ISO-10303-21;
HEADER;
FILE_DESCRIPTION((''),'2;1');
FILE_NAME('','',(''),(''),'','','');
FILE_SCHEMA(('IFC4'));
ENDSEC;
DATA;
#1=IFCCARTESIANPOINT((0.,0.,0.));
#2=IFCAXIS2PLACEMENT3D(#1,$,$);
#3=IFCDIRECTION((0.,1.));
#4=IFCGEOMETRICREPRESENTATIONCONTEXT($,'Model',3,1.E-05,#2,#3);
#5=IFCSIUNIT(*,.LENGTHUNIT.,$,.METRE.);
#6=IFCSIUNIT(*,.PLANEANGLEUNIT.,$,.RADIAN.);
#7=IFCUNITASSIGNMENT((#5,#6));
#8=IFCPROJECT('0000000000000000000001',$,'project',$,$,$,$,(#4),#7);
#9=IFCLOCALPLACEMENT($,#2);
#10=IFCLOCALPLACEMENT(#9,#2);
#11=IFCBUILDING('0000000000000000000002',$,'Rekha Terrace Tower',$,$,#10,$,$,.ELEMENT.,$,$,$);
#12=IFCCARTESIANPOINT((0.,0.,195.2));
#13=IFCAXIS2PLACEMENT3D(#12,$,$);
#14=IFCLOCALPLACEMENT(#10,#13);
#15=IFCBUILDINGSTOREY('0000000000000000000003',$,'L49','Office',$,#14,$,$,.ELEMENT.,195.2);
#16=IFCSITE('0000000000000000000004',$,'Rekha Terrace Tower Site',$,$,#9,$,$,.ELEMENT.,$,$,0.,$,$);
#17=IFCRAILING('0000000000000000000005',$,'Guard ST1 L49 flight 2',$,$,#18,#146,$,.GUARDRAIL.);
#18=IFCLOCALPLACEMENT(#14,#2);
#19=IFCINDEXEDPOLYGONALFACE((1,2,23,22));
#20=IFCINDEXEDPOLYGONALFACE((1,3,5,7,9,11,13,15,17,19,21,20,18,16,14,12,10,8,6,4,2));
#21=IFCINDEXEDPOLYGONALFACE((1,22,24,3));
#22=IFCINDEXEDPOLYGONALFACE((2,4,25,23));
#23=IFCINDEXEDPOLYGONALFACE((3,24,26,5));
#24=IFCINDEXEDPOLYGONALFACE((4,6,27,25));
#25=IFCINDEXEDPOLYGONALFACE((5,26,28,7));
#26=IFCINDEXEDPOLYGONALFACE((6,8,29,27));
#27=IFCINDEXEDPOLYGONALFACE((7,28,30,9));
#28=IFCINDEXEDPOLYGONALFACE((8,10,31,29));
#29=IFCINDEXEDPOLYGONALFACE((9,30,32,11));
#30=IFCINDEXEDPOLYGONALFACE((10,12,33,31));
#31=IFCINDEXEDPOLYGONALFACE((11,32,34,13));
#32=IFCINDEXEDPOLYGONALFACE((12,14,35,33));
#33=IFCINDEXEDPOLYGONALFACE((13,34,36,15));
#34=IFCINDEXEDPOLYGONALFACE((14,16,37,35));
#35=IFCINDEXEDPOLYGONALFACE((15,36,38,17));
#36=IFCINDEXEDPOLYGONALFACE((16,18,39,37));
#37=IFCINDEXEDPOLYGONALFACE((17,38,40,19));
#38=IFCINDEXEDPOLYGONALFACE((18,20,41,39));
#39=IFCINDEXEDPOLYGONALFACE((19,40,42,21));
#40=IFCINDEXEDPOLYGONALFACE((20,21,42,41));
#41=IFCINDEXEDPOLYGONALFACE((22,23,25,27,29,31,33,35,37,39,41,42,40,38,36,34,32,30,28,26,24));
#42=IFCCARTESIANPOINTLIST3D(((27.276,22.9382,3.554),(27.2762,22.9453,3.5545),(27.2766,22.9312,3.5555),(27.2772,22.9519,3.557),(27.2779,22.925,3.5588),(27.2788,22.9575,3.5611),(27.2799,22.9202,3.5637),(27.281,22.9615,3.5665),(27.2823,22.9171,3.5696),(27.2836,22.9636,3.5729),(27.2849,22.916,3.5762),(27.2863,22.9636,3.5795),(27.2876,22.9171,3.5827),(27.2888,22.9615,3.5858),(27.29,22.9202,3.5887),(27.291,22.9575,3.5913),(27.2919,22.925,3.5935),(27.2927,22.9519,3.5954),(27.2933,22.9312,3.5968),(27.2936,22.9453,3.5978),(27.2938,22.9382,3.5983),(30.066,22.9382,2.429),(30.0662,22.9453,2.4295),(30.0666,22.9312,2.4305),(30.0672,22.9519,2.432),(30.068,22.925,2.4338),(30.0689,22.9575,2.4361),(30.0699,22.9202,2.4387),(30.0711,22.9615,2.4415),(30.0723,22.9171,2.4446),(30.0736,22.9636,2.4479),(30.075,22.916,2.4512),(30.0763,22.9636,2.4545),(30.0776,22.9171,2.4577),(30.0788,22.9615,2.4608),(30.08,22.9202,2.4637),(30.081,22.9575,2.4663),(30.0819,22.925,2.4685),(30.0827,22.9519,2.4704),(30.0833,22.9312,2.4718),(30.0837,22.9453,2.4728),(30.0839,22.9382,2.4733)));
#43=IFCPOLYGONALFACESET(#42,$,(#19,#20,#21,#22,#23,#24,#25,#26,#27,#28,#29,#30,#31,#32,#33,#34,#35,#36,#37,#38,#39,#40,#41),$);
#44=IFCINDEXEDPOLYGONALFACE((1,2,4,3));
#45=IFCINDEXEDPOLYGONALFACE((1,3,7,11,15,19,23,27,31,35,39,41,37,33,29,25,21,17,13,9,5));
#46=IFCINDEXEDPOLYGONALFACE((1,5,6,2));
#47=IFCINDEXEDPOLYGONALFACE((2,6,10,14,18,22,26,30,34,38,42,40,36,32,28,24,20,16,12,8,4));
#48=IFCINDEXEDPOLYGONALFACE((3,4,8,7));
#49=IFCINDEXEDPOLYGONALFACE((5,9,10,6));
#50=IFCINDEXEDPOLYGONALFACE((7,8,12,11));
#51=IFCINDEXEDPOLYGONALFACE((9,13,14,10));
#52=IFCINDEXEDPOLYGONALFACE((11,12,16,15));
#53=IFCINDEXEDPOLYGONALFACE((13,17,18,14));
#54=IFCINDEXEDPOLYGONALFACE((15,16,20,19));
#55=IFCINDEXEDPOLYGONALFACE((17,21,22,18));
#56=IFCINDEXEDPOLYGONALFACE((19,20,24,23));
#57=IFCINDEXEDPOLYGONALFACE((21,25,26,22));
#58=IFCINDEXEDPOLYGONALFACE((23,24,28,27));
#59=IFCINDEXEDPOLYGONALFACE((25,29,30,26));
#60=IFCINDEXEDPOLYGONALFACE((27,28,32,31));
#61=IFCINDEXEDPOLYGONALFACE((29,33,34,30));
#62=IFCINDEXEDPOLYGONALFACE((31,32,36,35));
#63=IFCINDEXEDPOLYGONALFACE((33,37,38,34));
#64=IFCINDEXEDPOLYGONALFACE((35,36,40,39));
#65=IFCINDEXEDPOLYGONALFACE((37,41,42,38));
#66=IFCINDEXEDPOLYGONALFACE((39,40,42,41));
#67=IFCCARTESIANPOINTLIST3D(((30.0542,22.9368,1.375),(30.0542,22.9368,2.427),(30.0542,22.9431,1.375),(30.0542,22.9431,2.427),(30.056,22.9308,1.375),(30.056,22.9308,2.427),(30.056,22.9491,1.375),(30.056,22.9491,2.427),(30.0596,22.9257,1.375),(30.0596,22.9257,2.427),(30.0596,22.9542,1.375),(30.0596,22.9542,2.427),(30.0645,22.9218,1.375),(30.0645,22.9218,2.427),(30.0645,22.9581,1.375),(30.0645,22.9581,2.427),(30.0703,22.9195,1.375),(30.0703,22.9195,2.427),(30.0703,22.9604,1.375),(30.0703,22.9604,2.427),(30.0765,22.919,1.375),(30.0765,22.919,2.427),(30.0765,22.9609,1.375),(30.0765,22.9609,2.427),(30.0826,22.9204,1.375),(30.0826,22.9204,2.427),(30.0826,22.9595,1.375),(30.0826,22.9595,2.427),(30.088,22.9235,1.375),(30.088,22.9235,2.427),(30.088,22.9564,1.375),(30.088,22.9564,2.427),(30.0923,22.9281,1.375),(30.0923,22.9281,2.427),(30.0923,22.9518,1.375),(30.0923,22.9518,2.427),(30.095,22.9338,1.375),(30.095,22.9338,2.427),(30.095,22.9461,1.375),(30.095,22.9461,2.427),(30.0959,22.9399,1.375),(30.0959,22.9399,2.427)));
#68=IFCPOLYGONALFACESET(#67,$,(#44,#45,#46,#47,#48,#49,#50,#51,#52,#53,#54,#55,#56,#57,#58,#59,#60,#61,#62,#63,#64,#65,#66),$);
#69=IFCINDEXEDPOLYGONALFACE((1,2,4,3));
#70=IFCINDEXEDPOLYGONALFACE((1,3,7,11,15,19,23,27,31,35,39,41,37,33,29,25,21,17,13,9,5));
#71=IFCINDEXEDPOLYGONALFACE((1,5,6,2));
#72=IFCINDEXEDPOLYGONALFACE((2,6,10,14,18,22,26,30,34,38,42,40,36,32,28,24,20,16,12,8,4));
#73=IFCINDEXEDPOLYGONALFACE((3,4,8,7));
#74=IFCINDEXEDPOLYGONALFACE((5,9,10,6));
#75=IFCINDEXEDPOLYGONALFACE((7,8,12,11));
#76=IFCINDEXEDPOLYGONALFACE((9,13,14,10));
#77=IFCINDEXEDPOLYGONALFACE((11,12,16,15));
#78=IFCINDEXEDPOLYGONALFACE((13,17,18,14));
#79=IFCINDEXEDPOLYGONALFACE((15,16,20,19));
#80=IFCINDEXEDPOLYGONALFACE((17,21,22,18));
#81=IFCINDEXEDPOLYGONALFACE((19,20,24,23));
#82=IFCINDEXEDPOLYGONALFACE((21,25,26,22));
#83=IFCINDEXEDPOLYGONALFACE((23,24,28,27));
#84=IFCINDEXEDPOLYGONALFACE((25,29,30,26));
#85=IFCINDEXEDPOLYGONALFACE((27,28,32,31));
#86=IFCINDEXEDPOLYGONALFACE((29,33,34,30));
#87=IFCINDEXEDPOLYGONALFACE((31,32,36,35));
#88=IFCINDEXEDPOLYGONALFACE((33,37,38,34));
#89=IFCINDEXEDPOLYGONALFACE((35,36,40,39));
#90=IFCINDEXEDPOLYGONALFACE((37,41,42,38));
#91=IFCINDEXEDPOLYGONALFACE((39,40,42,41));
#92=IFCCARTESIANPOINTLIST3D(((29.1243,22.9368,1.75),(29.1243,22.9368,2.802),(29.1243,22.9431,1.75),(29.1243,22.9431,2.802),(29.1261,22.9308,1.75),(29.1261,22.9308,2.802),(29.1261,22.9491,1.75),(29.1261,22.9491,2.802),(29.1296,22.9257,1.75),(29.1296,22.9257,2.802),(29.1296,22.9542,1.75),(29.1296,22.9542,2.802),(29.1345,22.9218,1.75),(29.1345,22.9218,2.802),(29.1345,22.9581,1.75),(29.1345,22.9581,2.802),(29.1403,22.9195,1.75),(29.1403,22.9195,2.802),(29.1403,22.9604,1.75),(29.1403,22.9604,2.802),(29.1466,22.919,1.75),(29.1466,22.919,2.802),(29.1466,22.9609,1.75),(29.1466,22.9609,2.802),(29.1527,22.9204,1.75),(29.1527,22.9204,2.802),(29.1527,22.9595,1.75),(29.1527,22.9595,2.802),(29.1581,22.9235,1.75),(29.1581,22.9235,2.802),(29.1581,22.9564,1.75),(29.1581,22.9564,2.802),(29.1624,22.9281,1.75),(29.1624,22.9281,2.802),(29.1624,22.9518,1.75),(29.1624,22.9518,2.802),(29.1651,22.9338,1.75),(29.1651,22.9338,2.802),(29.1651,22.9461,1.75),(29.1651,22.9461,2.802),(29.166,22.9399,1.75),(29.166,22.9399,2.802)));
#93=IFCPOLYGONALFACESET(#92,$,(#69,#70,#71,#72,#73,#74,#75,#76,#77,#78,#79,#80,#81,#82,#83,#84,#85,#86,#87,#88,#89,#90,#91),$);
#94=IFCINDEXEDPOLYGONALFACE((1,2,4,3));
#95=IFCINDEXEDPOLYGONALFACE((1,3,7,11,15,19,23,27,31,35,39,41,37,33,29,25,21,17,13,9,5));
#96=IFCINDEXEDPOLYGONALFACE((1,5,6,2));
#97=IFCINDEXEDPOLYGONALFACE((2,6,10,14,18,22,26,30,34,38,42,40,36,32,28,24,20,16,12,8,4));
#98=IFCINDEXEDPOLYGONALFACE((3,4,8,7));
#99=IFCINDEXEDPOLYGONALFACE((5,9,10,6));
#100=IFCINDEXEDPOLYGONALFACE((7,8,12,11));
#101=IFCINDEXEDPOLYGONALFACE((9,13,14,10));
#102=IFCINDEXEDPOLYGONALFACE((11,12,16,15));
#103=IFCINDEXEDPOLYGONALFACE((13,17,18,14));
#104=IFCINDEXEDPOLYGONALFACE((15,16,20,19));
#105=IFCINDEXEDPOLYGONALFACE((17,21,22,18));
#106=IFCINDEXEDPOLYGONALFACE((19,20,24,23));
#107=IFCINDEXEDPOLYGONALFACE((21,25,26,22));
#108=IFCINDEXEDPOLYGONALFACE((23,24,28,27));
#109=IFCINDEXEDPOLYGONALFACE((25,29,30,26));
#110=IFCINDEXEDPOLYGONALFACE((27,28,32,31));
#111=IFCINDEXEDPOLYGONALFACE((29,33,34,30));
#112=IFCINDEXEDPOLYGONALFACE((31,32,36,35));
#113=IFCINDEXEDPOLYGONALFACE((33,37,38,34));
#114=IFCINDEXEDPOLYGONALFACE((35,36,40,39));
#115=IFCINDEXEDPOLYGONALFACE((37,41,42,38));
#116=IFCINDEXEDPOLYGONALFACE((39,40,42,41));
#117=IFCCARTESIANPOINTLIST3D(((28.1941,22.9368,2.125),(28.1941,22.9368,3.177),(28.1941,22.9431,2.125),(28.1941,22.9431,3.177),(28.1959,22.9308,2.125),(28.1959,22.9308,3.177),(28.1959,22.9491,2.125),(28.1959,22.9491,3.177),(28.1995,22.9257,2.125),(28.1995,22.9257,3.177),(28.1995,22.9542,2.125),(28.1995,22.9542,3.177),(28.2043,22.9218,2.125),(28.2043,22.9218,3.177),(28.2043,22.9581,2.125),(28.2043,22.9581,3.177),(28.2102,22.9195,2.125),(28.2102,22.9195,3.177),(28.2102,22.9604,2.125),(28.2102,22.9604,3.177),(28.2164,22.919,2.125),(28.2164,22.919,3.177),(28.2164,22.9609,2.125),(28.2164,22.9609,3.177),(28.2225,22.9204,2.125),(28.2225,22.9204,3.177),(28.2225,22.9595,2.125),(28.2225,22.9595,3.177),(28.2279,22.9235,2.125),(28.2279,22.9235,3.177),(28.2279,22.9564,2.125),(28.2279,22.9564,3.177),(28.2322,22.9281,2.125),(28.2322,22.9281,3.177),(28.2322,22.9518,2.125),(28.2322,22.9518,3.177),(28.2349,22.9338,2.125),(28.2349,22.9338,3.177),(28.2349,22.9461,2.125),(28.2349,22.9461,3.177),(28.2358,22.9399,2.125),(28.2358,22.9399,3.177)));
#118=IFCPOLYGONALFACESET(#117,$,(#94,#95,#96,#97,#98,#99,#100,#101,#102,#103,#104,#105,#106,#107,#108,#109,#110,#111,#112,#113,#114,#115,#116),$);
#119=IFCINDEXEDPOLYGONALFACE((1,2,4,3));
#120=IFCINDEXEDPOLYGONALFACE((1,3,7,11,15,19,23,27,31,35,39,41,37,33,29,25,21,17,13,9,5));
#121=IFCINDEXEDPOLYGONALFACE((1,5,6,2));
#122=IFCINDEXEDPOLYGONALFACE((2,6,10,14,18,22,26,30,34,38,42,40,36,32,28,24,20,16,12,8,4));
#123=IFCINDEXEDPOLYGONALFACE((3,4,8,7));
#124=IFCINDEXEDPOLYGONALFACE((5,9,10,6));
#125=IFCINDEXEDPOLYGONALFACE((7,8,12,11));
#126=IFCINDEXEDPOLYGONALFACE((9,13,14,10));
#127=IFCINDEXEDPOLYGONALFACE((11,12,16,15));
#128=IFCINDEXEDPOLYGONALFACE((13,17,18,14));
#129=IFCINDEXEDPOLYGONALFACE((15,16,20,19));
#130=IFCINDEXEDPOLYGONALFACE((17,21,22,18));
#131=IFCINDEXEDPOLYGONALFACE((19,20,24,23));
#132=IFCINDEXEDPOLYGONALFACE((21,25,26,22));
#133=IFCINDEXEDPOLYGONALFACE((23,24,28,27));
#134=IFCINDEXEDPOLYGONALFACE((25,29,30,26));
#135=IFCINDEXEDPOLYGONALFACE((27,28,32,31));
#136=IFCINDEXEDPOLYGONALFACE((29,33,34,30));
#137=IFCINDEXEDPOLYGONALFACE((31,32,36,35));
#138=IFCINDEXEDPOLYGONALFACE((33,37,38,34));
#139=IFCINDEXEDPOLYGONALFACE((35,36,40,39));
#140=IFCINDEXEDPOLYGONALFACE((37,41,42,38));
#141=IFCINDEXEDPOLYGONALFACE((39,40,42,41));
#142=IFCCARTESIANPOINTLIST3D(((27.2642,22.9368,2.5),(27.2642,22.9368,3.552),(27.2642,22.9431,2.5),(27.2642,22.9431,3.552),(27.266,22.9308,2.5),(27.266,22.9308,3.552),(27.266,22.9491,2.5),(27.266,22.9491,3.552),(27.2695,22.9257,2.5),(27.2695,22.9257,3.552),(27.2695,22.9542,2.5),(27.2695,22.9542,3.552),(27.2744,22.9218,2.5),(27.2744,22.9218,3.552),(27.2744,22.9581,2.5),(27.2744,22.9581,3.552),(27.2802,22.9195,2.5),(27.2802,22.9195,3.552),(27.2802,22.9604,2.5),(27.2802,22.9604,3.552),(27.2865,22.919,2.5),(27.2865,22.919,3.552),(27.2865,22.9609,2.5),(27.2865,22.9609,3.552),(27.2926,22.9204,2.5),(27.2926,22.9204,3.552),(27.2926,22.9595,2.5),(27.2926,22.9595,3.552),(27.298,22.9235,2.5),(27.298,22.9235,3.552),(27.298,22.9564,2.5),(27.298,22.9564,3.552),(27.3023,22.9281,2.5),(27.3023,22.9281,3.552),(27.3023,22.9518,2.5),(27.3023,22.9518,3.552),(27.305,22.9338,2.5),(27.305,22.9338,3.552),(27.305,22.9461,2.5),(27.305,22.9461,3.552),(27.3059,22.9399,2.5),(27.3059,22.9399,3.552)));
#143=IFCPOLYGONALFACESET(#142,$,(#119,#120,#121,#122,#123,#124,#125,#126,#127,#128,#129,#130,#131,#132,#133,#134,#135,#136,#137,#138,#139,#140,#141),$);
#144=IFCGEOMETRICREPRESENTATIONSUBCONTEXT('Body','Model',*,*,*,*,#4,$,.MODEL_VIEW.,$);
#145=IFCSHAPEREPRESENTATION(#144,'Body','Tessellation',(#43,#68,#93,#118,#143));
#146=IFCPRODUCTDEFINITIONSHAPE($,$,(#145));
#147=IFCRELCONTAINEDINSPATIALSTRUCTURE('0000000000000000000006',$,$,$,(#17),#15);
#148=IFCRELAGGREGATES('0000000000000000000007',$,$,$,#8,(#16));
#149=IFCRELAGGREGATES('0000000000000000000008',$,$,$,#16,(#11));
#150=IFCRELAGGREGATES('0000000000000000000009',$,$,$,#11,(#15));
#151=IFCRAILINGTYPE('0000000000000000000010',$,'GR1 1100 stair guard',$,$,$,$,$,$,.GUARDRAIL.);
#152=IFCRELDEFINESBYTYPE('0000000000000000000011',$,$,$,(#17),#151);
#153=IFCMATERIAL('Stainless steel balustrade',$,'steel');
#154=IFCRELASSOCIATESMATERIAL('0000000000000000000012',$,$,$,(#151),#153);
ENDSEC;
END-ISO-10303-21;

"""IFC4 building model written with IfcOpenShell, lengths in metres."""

from ifc_helpers import new_model, si_unit, direction, frame, origin, origin_2d, place, context, subcontext, project, spatial, circle, extrude, material, type_object, element, save


model = new_model("IFC4")

# Units and contexts
model_context = context("Model", 3, precision=1e-05, world=origin(), true_north=direction((0.0, 1.0)))
body_context = subcontext(model_context, "Body", "Model", "MODEL_VIEW")
ifc_project = project(units=[si_unit("LENGTHUNIT", "METRE"), si_unit("PLANEANGLEUNIT", "RADIAN")], contexts=[model_context])

# Site, building, storey
site_placement = place(None, origin())
site = spatial("IfcSite", under=ifc_project, at=site_placement, Name="Rekha Terrace Tower Site", CompositionType="ELEMENT", RefElevation=0.0)
building_placement = place(site_placement, origin())
building = spatial("IfcBuilding", under=site, at=building_placement, Name="Rekha Terrace Tower", CompositionType="ELEMENT")
storey_placement = place(building_placement, frame((0.0, 0.0, 195.2)))
storey = spatial("IfcBuildingStorey", under=building, at=storey_placement, Name="L49", Description="Office", CompositionType="ELEMENT", Elevation=195.2)

# Railing
ifc_material_1 = material(Name="Stainless steel balustrade", Category="steel")
railing_type_1 = type_object("IfcRailingType", Name="GR1 1100 stair guard", PredefinedType="GUARDRAIL", material=ifc_material_1)
railing_1_placement = place(storey_placement, frame((30.075, 22.9399, 1.375)))
element("IfcRailing", 1, at=railing_1_placement, inside=storey, type_object=railing_type_1, Name="Guard ST1 L49 flight 2", PredefinedType="GUARDRAIL", context=body_context, shape_type="SweptSolid", body=[
    extrude(circle(Radius=0.0239, at=origin_2d()), frame((0.0, 0.0, 1.0762), z_axis=(-0.927443, 0.0, 0.373964), x_axis=(0.0, -1.0, 0.0)), (0.0, 0.0, 1.0), 3.0083),
    extrude(circle(Radius=0.021, at=origin_2d()), origin(), (0.0, 0.0, 1.0), 1.052),
    extrude(circle(Radius=0.021, at=origin_2d()), frame((-0.9299, 0.0, 0.375)), (0.0, 0.0, 1.0), 1.052),
    extrude(circle(Radius=0.021, at=origin_2d()), frame((-1.8601, 0.0, 0.75)), (0.0, 0.0, 1.0), 1.052),
    extrude(circle(Radius=0.021, at=origin_2d()), frame((-2.79, 0.0, 1.125)), (0.0, 0.0, 1.0), 1.052),
])

save(model, "model.ifc")
